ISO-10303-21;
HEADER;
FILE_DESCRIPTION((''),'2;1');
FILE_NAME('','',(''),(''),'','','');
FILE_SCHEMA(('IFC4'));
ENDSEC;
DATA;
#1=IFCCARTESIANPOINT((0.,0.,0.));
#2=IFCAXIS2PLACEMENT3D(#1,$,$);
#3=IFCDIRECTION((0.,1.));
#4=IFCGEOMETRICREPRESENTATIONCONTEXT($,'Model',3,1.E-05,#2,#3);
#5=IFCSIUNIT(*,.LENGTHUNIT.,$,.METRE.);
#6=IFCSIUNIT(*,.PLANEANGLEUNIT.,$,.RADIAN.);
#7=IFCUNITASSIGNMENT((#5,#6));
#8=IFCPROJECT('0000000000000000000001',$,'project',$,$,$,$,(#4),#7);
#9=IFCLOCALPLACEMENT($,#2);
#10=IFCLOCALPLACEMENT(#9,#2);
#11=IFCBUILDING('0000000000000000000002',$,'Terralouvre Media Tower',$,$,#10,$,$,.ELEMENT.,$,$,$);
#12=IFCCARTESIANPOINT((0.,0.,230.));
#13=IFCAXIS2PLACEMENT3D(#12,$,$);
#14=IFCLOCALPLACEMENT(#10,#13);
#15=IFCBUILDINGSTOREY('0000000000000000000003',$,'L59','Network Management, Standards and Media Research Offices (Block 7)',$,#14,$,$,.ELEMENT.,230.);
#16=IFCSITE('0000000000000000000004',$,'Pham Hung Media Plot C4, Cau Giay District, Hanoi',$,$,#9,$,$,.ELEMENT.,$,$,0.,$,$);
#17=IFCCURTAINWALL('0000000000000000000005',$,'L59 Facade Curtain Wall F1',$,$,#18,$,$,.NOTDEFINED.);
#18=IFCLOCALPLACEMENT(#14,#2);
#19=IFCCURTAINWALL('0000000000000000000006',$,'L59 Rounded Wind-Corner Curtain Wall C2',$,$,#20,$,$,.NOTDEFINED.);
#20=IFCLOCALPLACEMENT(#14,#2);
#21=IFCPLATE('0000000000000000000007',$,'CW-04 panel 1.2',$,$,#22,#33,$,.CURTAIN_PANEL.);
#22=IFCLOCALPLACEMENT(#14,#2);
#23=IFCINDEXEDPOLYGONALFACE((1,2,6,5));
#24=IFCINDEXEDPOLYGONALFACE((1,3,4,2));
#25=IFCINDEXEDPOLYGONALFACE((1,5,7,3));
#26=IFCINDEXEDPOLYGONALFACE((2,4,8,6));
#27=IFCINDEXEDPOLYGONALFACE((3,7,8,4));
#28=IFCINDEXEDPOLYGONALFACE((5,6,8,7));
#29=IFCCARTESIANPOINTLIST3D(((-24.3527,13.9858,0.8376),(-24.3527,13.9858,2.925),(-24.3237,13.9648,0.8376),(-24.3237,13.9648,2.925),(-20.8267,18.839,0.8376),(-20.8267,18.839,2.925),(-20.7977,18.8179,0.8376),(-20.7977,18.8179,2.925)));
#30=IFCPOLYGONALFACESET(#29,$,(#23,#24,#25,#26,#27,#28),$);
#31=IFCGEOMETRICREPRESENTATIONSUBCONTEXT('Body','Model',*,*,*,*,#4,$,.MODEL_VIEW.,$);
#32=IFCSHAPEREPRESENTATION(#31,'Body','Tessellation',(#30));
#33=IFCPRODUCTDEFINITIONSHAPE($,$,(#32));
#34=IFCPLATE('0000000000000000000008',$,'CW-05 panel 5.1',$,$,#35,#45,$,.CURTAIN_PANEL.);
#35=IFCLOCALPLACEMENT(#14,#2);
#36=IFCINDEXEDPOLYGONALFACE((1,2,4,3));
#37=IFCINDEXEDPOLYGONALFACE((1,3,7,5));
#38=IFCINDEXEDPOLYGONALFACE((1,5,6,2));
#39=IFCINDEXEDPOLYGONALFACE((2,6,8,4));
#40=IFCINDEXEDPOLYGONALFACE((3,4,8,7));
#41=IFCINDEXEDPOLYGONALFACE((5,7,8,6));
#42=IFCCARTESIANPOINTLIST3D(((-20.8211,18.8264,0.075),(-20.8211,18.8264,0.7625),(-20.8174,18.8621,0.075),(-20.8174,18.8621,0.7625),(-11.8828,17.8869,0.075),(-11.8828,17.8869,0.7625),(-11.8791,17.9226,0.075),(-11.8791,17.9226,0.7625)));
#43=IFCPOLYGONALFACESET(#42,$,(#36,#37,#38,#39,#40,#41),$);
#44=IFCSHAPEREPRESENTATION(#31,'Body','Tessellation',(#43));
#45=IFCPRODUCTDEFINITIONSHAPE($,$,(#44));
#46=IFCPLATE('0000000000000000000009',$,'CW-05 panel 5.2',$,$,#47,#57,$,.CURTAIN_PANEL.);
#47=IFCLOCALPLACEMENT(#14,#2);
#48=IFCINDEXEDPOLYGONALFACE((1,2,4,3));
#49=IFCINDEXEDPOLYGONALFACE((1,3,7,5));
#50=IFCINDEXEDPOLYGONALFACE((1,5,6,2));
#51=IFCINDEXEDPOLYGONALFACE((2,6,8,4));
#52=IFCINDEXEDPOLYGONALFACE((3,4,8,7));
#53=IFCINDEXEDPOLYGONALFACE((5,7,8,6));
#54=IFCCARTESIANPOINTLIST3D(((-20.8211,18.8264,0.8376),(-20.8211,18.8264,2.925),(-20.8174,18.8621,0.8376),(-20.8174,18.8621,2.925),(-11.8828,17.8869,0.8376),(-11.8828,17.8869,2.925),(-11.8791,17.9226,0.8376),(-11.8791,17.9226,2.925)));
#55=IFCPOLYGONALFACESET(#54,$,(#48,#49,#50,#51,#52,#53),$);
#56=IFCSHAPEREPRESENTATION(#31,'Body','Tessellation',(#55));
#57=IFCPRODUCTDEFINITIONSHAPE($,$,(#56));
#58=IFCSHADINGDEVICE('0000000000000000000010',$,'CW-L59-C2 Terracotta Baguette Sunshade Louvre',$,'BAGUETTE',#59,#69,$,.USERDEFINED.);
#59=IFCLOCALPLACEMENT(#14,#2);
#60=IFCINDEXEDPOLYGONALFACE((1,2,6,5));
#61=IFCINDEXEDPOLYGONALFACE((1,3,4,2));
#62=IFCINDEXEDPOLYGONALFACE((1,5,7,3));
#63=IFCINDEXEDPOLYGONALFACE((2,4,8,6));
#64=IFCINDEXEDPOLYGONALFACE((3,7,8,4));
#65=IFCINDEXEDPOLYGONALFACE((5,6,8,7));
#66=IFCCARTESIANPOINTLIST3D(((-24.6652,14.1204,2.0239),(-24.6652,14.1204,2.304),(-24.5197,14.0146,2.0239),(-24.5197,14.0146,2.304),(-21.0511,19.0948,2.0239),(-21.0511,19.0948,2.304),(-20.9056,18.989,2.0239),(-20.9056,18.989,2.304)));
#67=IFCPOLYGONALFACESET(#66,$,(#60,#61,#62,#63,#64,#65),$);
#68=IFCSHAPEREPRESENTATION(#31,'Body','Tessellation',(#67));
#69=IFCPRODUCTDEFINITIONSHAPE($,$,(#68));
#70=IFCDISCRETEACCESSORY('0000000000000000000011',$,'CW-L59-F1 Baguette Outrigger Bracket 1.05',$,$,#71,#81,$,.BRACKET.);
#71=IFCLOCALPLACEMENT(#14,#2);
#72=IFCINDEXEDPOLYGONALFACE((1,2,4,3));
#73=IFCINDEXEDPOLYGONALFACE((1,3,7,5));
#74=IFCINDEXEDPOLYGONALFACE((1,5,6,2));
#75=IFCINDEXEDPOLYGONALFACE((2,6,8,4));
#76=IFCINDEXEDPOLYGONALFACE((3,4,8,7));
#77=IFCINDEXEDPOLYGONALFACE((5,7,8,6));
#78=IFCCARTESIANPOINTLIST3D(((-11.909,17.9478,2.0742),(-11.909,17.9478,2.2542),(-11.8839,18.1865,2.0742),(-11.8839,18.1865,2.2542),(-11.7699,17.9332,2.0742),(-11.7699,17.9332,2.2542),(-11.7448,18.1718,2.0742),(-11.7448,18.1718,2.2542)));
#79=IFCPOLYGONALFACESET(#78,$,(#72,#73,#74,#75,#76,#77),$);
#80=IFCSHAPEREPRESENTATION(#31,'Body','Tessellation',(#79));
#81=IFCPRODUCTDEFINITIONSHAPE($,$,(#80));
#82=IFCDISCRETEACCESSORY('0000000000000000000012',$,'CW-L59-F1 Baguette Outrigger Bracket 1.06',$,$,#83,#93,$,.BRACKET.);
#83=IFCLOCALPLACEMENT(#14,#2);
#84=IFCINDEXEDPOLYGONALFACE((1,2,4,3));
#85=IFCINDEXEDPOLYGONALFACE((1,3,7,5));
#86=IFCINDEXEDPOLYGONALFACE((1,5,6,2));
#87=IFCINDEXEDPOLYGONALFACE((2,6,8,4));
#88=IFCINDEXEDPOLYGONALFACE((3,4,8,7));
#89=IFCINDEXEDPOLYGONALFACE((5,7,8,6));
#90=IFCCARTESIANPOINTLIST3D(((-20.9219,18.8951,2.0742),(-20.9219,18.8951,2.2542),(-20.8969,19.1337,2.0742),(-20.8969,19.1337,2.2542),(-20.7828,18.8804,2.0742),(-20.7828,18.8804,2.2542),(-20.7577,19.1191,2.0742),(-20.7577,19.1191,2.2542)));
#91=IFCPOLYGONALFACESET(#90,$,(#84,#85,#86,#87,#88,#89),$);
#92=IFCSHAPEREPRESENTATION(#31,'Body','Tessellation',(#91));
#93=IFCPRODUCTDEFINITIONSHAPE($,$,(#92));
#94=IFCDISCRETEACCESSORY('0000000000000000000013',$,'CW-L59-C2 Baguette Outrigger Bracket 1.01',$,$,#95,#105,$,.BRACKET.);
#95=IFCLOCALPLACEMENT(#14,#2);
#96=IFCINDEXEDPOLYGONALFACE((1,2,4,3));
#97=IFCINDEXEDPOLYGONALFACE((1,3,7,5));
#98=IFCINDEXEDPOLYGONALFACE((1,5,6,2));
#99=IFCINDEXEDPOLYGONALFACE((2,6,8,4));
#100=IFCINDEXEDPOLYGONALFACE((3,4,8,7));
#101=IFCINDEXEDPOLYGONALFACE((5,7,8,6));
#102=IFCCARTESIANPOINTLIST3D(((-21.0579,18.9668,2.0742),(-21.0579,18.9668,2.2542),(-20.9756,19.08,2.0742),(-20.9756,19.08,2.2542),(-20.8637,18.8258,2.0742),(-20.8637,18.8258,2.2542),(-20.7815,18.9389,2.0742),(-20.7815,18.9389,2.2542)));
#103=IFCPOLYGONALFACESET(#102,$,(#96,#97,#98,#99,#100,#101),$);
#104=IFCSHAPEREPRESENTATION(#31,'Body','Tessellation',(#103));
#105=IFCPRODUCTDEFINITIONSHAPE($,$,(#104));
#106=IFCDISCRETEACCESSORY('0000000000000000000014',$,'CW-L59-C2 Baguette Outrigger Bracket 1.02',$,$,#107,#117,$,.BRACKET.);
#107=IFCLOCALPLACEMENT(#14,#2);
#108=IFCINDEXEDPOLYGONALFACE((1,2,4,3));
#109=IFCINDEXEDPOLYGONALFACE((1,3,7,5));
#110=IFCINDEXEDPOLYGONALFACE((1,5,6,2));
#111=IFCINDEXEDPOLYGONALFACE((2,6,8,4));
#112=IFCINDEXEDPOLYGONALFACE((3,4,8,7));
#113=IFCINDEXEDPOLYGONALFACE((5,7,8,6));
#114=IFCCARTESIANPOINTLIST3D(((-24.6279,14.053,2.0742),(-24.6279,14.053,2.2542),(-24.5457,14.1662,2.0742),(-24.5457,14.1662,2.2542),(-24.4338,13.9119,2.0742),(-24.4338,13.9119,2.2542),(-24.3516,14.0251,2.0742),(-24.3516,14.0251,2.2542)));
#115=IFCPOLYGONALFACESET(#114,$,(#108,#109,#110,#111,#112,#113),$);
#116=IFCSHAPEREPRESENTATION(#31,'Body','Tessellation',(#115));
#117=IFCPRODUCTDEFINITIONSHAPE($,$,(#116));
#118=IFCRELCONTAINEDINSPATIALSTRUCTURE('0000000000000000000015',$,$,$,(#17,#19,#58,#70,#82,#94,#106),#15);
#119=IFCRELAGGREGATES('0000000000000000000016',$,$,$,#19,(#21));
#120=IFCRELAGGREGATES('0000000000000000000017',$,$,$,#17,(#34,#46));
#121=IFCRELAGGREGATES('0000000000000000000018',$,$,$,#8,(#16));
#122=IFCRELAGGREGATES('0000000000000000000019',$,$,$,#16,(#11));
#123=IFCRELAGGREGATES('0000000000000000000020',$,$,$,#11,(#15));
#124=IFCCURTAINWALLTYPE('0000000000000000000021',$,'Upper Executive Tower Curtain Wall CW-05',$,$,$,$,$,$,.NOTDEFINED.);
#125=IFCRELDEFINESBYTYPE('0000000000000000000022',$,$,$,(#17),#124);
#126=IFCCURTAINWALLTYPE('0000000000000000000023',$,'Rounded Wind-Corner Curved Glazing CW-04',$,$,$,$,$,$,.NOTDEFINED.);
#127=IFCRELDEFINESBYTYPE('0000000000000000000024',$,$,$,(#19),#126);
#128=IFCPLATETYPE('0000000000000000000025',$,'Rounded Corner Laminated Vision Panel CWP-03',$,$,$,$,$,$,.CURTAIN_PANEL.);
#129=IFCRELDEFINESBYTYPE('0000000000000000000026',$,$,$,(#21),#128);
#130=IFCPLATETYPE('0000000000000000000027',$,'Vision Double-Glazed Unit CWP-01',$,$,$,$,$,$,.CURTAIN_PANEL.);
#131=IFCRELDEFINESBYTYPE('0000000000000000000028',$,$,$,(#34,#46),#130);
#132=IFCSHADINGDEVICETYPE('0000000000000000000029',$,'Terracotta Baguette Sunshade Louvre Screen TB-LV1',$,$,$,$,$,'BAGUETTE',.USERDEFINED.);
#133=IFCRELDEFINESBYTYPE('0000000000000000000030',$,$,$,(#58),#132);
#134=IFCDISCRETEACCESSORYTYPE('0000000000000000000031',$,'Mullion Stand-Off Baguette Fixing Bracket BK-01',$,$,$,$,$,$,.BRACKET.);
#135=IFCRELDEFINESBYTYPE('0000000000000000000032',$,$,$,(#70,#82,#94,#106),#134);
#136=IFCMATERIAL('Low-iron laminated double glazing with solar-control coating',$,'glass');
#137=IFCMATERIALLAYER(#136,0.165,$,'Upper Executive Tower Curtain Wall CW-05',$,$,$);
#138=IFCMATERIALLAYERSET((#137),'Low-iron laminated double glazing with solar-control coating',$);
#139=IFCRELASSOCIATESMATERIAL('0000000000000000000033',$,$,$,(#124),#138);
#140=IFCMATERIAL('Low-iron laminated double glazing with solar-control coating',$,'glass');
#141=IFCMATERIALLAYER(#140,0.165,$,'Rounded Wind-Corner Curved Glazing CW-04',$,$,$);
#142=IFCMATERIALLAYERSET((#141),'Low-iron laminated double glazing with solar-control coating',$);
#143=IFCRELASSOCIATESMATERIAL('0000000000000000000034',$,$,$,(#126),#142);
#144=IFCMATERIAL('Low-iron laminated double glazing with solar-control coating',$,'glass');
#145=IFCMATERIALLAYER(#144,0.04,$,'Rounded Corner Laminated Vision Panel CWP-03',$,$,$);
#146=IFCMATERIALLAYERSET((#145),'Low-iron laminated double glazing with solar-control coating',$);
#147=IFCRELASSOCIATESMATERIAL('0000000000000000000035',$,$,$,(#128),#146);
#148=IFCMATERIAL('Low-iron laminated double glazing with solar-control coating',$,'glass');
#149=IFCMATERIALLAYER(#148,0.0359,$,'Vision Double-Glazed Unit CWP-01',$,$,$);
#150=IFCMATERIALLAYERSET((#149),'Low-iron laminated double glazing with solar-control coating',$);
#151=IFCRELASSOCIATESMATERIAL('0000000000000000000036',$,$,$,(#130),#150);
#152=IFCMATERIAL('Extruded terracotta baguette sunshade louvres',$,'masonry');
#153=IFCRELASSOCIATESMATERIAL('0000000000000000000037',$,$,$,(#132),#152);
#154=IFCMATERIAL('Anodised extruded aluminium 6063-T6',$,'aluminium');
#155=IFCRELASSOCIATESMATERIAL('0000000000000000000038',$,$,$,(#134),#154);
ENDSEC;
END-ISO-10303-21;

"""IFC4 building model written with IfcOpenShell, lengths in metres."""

from ifc_helpers import new_model, si_unit, direction, frame, origin, origin_2d, place, context, subcontext, project, spatial, rectangle, extrude, material, layer, layer_set, type_object, element, aggregate, save


model = new_model("IFC4")

# Units and contexts
model_context = context("Model", 3, precision=1e-05, world=origin(), true_north=direction((0.0, 1.0)))
body_context = subcontext(model_context, "Body", "Model", "MODEL_VIEW")
ifc_project = project(units=[si_unit("LENGTHUNIT", "METRE"), si_unit("PLANEANGLEUNIT", "RADIAN")], contexts=[model_context])

# Site, building, storey
site_placement = place(None, origin())
site = spatial("IfcSite", under=ifc_project, at=site_placement, Name="Pham Hung Media Plot C4, Cau Giay District, Hanoi", CompositionType="ELEMENT", RefElevation=0.0)
building_placement = place(site_placement, origin())
building = spatial("IfcBuilding", under=site, at=building_placement, Name="Terralouvre Media Tower", CompositionType="ELEMENT")
storey_placement = place(building_placement, frame((0.0, 0.0, 230.0)))
storey = spatial("IfcBuildingStorey", under=building, at=storey_placement, Name="L59", Description="Network Management, Standards and Media Research Offices (Block 7)", CompositionType="ELEMENT", Elevation=230.0)

# Curtain walls
ifc_material_1 = material(Name="Low-iron laminated double glazing with solar-control coating", Category="glass")
ifc_layer_1 = layer(ifc_material_1, 0.165, Name="Upper Executive Tower Curtain Wall CW-05")
ifc_layer_set_1 = layer_set([ifc_layer_1], Name="Low-iron laminated double glazing with solar-control coating")
curtain_wall_type_1 = type_object("IfcCurtainWallType", Name="Upper Executive Tower Curtain Wall CW-05", PredefinedType="NOTDEFINED", material=ifc_layer_set_1)
curtain_wall_1_placement = place(storey_placement, origin())
curtain_wall_1 = element("IfcCurtainWall", 1, at=curtain_wall_1_placement, inside=storey, type_object=curtain_wall_type_1, Name="L59 Facade Curtain Wall F1", PredefinedType="NOTDEFINED")
ifc_material_2 = material(Name="Low-iron laminated double glazing with solar-control coating", Category="glass")
ifc_layer_2 = layer(ifc_material_2, 0.165, Name="Rounded Wind-Corner Curved Glazing CW-04")
ifc_layer_set_2 = layer_set([ifc_layer_2], Name="Low-iron laminated double glazing with solar-control coating")
curtain_wall_type_2 = type_object("IfcCurtainWallType", Name="Rounded Wind-Corner Curved Glazing CW-04", PredefinedType="NOTDEFINED", material=ifc_layer_set_2)
curtain_wall_2_placement = place(storey_placement, origin())
curtain_wall_2 = element("IfcCurtainWall", 2, at=curtain_wall_2_placement, inside=storey, type_object=curtain_wall_type_2, Name="L59 Rounded Wind-Corner Curtain Wall C2", PredefinedType="NOTDEFINED")

# Plates
ifc_material_3 = material(Name="Low-iron laminated double glazing with solar-control coating", Category="glass")
ifc_layer_3 = layer(ifc_material_3, 0.04, Name="Rounded Corner Laminated Vision Panel CWP-03")
ifc_layer_set_3 = layer_set([ifc_layer_3], Name="Low-iron laminated double glazing with solar-control coating")
plate_type_1 = type_object("IfcPlateType", Name="Rounded Corner Laminated Vision Panel CWP-03", PredefinedType="CURTAIN_PANEL", material=ifc_layer_set_3)
plate_1_placement = place(storey_placement, frame((-22.5752, 16.4019, 0.8376), z_axis=(0.0, 0.0, 1.0), x_axis=(-0.587786, -0.809017, 0.0)))
plate_1 = element("IfcPlate", 3, at=plate_1_placement, type_object=plate_type_1, Name="CW-04 panel 1.2", PredefinedType="CURTAIN_PANEL", context=body_context, shape_type="SweptSolid", body=[
    extrude(rectangle(XDim=5.9988, YDim=0.0359, at=origin_2d()), origin(), (0.0, 0.0, 1.0), 2.0874),
])
aggregate(curtain_wall_2, [plate_1])
ifc_material_4 = material(Name="Low-iron laminated double glazing with solar-control coating", Category="glass")
ifc_layer_4 = layer(ifc_material_4, 0.0359, Name="Vision Double-Glazed Unit CWP-01")
ifc_layer_set_4 = layer_set([ifc_layer_4], Name="Low-iron laminated double glazing with solar-control coating")
plate_type_2 = type_object("IfcPlateType", Name="Vision Double-Glazed Unit CWP-01", PredefinedType="CURTAIN_PANEL", material=ifc_layer_set_4)
plate_2_placement = place(storey_placement, frame((-16.3501, 18.3745, 0.075), z_axis=(0.0, 0.0, 1.0), x_axis=(-0.994522, 0.104529, 0.0)))
plate_2 = element("IfcPlate", 4, at=plate_2_placement, type_object=plate_type_2, Name="CW-05 panel 5.1", PredefinedType="CURTAIN_PANEL", context=body_context, shape_type="SweptSolid", body=[
    extrude(rectangle(XDim=8.9875, YDim=0.0359, at=origin_2d()), origin(), (0.0, 0.0, 1.0), 0.6875),
])
plate_3_placement = place(storey_placement, frame((-16.3501, 18.3745, 0.8376), z_axis=(0.0, 0.0, 1.0), x_axis=(-0.994522, 0.104529, 0.0)))
plate_3 = element("IfcPlate", 5, at=plate_3_placement, type_object=plate_type_2, Name="CW-05 panel 5.2", PredefinedType="CURTAIN_PANEL", context=body_context, shape_type="SweptSolid", body=[
    extrude(rectangle(XDim=8.9875, YDim=0.0359, at=origin_2d()), origin(), (0.0, 0.0, 1.0), 2.0874),
])
aggregate(curtain_wall_1, [plate_2, plate_3])

# Shading device
ifc_material_5 = material(Name="Extruded terracotta baguette sunshade louvres", Category="masonry")
shading_device_type = type_object("IfcShadingDeviceType", Name="Terracotta Baguette Sunshade Louvre Screen TB-LV1", ElementType="BAGUETTE", PredefinedType="USERDEFINED", material=ifc_material_5)
shading_device_placement = place(storey_placement, frame((-22.7854, 16.5547, 2.0239), z_axis=(0.0, 0.0, 1.0), x_axis=(-0.587786, -0.809017, 0.0)))
element("IfcShadingDevice", 6, at=shading_device_placement, inside=storey, type_object=shading_device_type, Name="CW-L59-C2 Terracotta Baguette Sunshade Louvre", ObjectType="BAGUETTE", PredefinedType="USERDEFINED", context=body_context, shape_type="SweptSolid", body=[
    extrude(rectangle(XDim=6.1487, YDim=0.1799, at=origin_2d()), origin(), (0.0, 0.0, 1.0), 0.28),
])

# Discrete accessories
ifc_material_6 = material(Name="Anodised extruded aluminium 6063-T6", Category="aluminium")
discrete_accessory_type = type_object("IfcDiscreteAccessoryType", Name="Mullion Stand-Off Baguette Fixing Bracket BK-01", PredefinedType="BRACKET", material=ifc_material_6)
for number, where, z_axis, x_axis, name in (
    (7, (-11.8269, 18.0598, 2.0742), (0.0, 0.0, 1.0), (-0.994522, 0.104529, 0.0), "CW-L59-F1 Baguette Outrigger Bracket 1.05"),
    (8, (-20.8398, 19.0071, 2.0742), (0.0, 0.0, 1.0), (-0.994522, 0.104529, 0.0), "CW-L59-F1 Baguette Outrigger Bracket 1.06"),
    (9, (-20.9197, 18.9529, 2.0742), (0.0, 0.0, 1.0), (-0.587786, -0.809017, 0.0), "CW-L59-C2 Baguette Outrigger Bracket 1.01"),
    (10, (-24.4897, 14.0391, 2.0742), (0.0, 0.0, 1.0), (-0.587786, -0.809017, 0.0), "CW-L59-C2 Baguette Outrigger Bracket 1.02"),
):
    element("IfcDiscreteAccessory", number, at=place(storey_placement, frame(where, z_axis=z_axis, x_axis=x_axis)), inside=storey, type_object=discrete_accessory_type, Name=name, PredefinedType="BRACKET", context=body_context, shape_type="SweptSolid", body=[
        extrude(rectangle(XDim=0.1399, YDim=0.24, at=origin_2d()), origin(), (0.0, 0.0, 1.0), 0.1799),
    ])

save(model, "model.ifc")
